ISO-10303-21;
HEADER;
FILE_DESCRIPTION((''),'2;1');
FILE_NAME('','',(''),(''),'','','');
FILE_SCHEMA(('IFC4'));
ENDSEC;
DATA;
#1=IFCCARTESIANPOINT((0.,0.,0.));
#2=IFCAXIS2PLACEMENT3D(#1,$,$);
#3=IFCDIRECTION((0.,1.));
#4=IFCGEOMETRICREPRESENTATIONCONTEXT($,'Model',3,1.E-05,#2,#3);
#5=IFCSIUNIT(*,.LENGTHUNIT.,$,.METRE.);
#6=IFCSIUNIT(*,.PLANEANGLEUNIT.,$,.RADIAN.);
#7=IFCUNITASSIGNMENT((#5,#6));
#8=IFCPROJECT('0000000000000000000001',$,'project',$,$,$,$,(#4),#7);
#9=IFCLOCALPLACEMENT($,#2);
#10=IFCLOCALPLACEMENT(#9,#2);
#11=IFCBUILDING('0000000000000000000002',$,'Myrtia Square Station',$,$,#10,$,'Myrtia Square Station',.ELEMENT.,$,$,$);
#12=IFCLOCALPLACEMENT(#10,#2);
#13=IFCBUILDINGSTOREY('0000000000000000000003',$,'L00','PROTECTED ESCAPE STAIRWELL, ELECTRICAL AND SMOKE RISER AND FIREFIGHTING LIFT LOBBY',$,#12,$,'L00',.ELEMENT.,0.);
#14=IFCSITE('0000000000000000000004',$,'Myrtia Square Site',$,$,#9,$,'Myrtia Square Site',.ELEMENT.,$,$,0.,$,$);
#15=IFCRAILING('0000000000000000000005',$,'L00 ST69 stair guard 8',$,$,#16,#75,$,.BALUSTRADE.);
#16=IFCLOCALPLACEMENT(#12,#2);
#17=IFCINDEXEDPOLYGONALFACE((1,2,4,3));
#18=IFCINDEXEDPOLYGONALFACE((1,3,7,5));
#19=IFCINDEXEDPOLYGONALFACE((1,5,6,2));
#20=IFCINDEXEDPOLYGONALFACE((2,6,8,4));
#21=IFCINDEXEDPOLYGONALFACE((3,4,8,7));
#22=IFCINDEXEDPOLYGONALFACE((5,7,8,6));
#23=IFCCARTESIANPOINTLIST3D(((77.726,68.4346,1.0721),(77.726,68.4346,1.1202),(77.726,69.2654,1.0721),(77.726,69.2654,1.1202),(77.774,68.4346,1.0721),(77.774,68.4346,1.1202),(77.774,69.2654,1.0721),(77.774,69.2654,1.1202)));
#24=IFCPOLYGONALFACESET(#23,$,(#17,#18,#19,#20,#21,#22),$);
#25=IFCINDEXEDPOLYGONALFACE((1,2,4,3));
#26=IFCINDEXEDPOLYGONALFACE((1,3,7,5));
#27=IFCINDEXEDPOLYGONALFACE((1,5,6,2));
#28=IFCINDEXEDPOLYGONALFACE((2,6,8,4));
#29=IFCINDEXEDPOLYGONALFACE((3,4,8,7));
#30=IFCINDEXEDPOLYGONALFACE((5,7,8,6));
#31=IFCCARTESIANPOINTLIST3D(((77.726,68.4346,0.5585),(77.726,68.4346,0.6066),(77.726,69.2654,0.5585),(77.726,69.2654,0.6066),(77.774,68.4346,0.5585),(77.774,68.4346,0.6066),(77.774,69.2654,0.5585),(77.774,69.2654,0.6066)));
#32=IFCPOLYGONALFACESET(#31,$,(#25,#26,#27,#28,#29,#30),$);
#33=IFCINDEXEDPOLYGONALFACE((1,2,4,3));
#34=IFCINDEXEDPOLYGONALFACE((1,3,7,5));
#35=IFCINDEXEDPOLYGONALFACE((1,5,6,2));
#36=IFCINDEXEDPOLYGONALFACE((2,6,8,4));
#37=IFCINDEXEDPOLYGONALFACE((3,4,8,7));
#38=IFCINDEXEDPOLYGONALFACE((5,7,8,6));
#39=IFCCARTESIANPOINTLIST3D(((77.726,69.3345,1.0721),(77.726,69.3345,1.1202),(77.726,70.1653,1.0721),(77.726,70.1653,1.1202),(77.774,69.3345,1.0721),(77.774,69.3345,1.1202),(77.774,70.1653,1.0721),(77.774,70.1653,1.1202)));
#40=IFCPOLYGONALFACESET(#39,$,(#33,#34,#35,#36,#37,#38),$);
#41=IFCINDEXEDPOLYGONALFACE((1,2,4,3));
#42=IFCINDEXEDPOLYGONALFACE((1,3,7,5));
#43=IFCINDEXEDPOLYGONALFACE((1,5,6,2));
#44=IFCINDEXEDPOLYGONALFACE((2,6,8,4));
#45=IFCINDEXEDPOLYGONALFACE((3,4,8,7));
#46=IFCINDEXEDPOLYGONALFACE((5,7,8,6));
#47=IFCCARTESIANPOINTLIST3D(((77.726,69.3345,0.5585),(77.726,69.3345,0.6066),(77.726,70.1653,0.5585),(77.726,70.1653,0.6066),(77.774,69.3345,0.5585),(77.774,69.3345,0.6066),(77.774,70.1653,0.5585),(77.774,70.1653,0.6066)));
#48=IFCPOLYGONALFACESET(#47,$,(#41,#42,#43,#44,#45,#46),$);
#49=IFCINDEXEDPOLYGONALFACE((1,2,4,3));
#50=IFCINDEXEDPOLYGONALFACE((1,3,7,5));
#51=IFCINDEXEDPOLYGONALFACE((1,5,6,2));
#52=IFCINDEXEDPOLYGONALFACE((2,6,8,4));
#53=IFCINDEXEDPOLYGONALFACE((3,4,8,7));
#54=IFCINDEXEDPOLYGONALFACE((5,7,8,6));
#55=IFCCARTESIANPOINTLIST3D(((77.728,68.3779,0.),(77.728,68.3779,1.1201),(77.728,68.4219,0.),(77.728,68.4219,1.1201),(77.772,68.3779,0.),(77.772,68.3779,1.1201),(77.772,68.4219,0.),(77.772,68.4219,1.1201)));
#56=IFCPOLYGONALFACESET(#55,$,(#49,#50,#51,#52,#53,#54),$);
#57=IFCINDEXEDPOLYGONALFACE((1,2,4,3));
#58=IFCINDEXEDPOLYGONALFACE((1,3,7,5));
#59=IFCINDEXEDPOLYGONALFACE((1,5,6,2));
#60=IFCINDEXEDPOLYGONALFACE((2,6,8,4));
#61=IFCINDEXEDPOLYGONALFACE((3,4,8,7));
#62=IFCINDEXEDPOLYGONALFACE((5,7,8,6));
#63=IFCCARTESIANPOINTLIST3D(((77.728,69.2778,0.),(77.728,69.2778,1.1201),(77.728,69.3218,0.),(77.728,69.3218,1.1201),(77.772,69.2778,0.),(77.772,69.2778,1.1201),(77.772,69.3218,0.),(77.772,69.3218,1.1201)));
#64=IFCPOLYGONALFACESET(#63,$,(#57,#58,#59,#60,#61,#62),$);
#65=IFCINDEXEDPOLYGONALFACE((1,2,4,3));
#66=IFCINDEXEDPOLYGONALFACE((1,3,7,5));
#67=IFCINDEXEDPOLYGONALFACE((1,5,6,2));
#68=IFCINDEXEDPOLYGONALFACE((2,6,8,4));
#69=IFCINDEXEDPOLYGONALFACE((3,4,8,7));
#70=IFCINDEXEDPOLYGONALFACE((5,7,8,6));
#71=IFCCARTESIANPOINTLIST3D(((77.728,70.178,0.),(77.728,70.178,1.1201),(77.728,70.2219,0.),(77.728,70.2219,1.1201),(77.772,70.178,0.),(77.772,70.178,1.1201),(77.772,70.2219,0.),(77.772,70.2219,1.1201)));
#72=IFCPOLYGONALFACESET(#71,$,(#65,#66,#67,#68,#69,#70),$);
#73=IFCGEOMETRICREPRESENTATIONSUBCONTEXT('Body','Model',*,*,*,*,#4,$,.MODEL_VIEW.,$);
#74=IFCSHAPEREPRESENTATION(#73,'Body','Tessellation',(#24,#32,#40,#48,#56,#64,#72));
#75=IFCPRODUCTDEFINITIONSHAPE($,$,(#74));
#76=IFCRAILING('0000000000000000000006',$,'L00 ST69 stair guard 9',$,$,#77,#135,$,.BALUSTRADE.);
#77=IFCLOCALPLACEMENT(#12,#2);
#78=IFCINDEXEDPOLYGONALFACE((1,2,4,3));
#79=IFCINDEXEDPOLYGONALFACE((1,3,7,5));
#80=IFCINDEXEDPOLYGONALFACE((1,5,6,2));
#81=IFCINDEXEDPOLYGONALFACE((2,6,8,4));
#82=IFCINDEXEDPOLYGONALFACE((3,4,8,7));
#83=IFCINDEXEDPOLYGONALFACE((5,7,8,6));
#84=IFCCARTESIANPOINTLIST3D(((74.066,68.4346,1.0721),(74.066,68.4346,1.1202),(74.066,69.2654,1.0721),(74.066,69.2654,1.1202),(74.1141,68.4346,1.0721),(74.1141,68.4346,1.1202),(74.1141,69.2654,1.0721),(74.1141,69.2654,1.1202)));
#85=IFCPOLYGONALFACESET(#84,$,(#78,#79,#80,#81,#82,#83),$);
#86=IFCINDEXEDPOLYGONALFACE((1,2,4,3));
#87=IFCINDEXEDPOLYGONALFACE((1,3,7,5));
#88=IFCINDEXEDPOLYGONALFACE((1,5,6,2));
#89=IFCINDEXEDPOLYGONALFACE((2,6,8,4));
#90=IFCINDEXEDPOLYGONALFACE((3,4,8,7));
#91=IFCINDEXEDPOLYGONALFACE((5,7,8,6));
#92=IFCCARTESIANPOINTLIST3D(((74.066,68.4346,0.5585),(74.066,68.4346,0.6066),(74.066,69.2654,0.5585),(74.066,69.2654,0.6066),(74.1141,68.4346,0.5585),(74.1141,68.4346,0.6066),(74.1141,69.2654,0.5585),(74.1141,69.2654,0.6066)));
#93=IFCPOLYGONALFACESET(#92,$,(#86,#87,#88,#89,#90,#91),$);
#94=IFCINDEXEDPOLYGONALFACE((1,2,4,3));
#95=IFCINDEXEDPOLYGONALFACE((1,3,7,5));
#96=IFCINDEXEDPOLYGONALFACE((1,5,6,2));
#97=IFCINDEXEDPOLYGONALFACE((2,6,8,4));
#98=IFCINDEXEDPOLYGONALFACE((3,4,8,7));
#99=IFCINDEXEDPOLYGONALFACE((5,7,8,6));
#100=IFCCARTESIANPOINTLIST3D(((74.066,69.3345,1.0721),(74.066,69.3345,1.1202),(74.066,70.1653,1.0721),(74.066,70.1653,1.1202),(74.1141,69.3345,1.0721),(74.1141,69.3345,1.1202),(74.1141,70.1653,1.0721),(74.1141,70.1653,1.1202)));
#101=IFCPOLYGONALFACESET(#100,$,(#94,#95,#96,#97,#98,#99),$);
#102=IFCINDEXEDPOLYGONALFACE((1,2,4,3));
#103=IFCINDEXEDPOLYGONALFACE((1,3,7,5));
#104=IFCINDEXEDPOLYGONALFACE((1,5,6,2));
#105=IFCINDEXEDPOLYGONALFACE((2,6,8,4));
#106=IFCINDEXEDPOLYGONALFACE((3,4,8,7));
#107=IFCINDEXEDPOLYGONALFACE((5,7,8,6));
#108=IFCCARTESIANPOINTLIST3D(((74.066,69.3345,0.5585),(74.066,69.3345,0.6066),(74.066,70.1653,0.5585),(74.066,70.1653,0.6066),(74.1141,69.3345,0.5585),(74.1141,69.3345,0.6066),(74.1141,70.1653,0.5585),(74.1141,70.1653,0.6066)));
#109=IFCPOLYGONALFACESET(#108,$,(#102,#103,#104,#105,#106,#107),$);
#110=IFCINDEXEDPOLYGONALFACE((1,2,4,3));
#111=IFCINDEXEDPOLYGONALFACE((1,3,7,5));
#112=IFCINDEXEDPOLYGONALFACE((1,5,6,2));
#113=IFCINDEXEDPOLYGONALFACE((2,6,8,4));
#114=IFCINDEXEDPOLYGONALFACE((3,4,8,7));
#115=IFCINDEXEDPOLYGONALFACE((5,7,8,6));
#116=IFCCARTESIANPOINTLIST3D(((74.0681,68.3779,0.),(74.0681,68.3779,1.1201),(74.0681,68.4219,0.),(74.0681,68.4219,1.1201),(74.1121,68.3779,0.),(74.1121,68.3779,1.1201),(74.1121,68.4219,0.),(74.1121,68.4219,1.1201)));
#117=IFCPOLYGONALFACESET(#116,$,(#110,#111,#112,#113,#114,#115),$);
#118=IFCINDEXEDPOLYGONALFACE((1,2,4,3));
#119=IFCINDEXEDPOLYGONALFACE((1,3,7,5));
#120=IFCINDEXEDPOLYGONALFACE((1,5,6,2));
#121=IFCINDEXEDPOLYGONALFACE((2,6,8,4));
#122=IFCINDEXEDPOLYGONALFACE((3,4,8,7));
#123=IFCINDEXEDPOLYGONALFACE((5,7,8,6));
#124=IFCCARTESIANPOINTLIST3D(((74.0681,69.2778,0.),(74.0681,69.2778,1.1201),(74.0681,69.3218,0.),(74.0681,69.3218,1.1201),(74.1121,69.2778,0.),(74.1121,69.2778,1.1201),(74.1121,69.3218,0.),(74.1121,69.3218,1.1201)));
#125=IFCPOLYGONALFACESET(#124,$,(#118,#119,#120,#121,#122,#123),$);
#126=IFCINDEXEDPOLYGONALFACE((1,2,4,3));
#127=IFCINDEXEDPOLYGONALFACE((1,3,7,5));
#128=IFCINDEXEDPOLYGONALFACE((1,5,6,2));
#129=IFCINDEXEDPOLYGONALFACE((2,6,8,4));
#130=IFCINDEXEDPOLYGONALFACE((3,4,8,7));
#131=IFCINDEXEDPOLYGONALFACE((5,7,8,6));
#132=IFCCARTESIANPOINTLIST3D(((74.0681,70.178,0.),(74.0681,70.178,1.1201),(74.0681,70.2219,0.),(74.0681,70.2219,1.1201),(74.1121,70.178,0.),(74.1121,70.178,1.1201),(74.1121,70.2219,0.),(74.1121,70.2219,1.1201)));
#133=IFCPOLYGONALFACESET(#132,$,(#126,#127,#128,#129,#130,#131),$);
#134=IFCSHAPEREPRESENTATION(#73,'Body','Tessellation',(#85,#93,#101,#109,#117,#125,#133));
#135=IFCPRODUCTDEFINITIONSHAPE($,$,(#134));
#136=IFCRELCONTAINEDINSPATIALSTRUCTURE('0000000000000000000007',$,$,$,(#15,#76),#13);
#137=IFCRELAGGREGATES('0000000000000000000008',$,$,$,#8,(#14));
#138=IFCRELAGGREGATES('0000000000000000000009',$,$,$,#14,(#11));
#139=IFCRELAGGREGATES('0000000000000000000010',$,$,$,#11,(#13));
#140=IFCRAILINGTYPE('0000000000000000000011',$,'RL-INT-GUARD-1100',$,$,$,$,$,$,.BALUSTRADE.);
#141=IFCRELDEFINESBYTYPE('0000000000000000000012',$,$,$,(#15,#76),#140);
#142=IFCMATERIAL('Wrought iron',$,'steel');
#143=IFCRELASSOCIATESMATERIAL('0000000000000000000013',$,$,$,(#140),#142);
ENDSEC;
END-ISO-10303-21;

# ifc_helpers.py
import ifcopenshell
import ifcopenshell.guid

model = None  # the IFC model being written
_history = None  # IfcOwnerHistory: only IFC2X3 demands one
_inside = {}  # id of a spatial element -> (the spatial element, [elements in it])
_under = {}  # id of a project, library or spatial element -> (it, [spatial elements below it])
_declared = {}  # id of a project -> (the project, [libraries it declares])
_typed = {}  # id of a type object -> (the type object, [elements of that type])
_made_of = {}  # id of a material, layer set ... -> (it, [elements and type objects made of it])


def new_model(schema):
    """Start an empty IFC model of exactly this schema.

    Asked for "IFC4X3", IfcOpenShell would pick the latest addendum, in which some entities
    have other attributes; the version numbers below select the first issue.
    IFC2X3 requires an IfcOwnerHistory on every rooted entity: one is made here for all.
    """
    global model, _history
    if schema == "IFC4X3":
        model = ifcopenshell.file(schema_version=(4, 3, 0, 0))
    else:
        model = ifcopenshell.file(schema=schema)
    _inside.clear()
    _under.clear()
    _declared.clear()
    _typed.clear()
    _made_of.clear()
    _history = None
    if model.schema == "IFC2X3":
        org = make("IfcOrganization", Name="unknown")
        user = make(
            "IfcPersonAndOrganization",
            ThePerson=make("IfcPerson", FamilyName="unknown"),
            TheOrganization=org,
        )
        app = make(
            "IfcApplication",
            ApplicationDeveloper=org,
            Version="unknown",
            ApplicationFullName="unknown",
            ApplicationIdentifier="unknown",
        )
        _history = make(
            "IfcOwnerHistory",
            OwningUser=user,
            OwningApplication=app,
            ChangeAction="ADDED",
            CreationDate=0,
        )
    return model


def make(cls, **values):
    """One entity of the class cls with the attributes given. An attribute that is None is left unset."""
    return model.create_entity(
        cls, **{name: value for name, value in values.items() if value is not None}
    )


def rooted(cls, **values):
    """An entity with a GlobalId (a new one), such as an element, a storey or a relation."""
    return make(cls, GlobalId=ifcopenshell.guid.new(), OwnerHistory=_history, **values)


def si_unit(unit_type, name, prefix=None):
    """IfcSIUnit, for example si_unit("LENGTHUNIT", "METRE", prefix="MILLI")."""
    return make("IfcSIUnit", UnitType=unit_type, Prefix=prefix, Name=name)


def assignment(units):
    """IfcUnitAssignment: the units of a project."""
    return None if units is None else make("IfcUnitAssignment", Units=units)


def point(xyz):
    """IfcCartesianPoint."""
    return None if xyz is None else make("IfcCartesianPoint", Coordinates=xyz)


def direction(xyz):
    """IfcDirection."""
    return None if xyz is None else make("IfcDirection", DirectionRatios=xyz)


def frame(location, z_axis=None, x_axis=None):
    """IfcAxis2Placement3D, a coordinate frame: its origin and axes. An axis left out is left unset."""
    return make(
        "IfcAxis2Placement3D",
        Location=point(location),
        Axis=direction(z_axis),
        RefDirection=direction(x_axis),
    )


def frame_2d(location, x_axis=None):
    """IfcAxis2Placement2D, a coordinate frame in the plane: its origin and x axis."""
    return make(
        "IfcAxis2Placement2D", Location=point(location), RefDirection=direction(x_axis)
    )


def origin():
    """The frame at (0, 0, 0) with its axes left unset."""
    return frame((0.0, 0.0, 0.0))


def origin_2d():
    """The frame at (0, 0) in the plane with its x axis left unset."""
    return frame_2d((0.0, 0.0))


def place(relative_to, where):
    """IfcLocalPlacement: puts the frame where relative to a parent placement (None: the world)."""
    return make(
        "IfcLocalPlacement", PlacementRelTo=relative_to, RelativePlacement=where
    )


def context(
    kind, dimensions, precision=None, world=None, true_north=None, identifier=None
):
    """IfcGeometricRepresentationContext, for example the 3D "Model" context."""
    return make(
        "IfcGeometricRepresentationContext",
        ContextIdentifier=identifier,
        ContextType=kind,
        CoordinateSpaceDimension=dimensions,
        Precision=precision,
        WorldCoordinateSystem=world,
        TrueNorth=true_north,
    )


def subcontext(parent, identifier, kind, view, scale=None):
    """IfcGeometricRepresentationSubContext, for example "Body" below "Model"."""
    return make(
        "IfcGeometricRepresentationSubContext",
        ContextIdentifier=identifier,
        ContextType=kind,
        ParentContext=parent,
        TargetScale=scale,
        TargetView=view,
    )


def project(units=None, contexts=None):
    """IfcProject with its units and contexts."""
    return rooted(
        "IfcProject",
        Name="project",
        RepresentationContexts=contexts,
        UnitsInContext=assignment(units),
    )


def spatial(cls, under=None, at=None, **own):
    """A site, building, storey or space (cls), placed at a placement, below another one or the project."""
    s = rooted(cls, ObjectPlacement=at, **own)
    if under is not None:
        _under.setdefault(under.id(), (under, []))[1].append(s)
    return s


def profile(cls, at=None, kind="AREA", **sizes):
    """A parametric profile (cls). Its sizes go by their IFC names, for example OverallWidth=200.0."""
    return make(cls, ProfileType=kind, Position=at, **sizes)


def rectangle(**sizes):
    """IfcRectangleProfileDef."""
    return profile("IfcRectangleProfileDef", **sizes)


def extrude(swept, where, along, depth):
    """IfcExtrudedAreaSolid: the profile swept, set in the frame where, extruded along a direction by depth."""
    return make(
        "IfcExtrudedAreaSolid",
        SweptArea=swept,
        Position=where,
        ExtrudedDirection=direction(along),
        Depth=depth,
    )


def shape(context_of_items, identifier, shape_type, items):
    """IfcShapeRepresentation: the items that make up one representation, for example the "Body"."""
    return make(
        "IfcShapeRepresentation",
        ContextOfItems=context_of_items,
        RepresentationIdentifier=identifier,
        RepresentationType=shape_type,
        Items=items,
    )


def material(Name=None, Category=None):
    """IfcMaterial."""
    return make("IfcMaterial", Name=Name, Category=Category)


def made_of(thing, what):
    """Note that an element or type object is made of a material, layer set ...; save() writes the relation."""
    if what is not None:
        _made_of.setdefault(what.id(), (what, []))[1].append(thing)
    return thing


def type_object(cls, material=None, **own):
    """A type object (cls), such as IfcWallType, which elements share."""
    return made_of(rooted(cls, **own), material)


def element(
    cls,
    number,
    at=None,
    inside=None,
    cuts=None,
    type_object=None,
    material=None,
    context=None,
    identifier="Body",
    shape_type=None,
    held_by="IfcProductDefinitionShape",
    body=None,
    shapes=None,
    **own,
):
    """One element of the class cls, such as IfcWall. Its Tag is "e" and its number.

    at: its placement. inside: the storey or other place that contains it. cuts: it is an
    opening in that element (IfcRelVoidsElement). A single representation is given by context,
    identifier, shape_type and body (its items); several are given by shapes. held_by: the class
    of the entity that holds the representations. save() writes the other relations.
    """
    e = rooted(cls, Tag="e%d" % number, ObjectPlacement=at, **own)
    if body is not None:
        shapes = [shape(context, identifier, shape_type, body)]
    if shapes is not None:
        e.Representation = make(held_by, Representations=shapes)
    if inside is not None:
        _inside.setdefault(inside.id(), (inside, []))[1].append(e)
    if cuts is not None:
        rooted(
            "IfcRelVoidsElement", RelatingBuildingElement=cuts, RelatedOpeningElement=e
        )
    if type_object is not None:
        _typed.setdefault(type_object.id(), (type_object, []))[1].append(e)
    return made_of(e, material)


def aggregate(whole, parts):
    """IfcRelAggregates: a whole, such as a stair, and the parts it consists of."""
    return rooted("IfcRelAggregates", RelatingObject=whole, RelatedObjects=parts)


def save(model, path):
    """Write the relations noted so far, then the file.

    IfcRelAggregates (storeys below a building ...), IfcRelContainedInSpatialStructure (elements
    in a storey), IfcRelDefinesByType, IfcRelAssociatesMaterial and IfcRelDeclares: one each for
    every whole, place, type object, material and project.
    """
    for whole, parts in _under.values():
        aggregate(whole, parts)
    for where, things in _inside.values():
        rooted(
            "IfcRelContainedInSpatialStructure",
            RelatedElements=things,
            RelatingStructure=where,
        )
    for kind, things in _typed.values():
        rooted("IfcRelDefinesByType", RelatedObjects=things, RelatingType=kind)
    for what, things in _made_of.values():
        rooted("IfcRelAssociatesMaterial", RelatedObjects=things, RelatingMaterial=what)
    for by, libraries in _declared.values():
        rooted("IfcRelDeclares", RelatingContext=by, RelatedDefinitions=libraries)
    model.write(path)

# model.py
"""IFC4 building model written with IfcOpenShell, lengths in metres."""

from ifc_helpers import new_model, si_unit, direction, frame, origin, origin_2d, place, context, subcontext, project, spatial, rectangle, extrude, material, type_object, element, save


model = new_model("IFC4")

# Units and contexts
model_context = context("Model", 3, precision=1e-05, world=origin(), true_north=direction((0.0, 1.0)))
body_context = subcontext(model_context, "Body", "Model", "MODEL_VIEW")
ifc_project = project(units=[si_unit("LENGTHUNIT", "METRE"), si_unit("PLANEANGLEUNIT", "RADIAN")], contexts=[model_context])

# Site, building, storey
site_placement = place(None, origin())
site = spatial("IfcSite", under=ifc_project, at=site_placement, Name="Myrtia Square Site", LongName="Myrtia Square Site", CompositionType="ELEMENT", RefElevation=0.0)
building_placement = place(site_placement, origin())
building = spatial("IfcBuilding", under=site, at=building_placement, Name="Myrtia Square Station", LongName="Myrtia Square Station", CompositionType="ELEMENT")
storey_placement = place(building_placement, origin())
storey = spatial("IfcBuildingStorey", under=building, at=storey_placement, Name="L00", Description="PROTECTED ESCAPE STAIRWELL, ELECTRICAL AND SMOKE RISER AND FIREFIGHTING LIFT LOBBY", LongName="L00", CompositionType="ELEMENT", Elevation=0.0)

# Railings
ifc_material_1 = material(Name="Wrought iron", Category="steel")
railing_type_1 = type_object("IfcRailingType", Name="RL-INT-GUARD-1100", PredefinedType="BALUSTRADE", material=ifc_material_1)
for number, where, name in (
    (1, (77.75, 68.3999, 0.0), "L00 ST69 stair guard 8"),
    (2, (74.0901, 68.3999, 0.0), "L00 ST69 stair guard 9"),
):
    element("IfcRailing", number, at=place(storey_placement, frame(where)), inside=storey, type_object=railing_type_1, Name=name, PredefinedType="BALUSTRADE", context=body_context, shape_type="SweptSolid", body=[
        extrude(rectangle(XDim=0.0481, YDim=0.0481, at=origin_2d()), frame((0.0, 0.0347, 1.0962), z_axis=(0.0, 1.0, 0.0), x_axis=(-1.0, 0.0, 0.0)), (0.0, 0.0, 1.0), 0.8308),
        extrude(rectangle(XDim=0.0481, YDim=0.0481, at=origin_2d()), frame((0.0, 0.0347, 0.5825), z_axis=(0.0, 1.0, 0.0), x_axis=(-1.0, 0.0, 0.0)), (0.0, 0.0, 1.0), 0.8308),
        extrude(rectangle(XDim=0.0481, YDim=0.0481, at=origin_2d()), frame((0.0, 0.9346, 1.0962), z_axis=(0.0, 1.0, 0.0), x_axis=(-1.0, 0.0, 0.0)), (0.0, 0.0, 1.0), 0.8308),
        extrude(rectangle(XDim=0.0481, YDim=0.0481, at=origin_2d()), frame((0.0, 0.9346, 0.5825), z_axis=(0.0, 1.0, 0.0), x_axis=(-1.0, 0.0, 0.0)), (0.0, 0.0, 1.0), 0.8308),
        extrude(rectangle(XDim=0.0439, YDim=0.0439, at=origin_2d()), origin(), (0.0, 0.0, 1.0), 1.1201),
        extrude(rectangle(XDim=0.0439, YDim=0.0439, at=origin_2d()), frame((0.0, 0.8999, 0.0)), (0.0, 0.0, 1.0), 1.1201),
        extrude(rectangle(XDim=0.0439, YDim=0.0439, at=origin_2d()), frame((0.0, 1.8, 0.0)), (0.0, 0.0, 1.0), 1.1201),
    ])

save(model, "model.ifc")
